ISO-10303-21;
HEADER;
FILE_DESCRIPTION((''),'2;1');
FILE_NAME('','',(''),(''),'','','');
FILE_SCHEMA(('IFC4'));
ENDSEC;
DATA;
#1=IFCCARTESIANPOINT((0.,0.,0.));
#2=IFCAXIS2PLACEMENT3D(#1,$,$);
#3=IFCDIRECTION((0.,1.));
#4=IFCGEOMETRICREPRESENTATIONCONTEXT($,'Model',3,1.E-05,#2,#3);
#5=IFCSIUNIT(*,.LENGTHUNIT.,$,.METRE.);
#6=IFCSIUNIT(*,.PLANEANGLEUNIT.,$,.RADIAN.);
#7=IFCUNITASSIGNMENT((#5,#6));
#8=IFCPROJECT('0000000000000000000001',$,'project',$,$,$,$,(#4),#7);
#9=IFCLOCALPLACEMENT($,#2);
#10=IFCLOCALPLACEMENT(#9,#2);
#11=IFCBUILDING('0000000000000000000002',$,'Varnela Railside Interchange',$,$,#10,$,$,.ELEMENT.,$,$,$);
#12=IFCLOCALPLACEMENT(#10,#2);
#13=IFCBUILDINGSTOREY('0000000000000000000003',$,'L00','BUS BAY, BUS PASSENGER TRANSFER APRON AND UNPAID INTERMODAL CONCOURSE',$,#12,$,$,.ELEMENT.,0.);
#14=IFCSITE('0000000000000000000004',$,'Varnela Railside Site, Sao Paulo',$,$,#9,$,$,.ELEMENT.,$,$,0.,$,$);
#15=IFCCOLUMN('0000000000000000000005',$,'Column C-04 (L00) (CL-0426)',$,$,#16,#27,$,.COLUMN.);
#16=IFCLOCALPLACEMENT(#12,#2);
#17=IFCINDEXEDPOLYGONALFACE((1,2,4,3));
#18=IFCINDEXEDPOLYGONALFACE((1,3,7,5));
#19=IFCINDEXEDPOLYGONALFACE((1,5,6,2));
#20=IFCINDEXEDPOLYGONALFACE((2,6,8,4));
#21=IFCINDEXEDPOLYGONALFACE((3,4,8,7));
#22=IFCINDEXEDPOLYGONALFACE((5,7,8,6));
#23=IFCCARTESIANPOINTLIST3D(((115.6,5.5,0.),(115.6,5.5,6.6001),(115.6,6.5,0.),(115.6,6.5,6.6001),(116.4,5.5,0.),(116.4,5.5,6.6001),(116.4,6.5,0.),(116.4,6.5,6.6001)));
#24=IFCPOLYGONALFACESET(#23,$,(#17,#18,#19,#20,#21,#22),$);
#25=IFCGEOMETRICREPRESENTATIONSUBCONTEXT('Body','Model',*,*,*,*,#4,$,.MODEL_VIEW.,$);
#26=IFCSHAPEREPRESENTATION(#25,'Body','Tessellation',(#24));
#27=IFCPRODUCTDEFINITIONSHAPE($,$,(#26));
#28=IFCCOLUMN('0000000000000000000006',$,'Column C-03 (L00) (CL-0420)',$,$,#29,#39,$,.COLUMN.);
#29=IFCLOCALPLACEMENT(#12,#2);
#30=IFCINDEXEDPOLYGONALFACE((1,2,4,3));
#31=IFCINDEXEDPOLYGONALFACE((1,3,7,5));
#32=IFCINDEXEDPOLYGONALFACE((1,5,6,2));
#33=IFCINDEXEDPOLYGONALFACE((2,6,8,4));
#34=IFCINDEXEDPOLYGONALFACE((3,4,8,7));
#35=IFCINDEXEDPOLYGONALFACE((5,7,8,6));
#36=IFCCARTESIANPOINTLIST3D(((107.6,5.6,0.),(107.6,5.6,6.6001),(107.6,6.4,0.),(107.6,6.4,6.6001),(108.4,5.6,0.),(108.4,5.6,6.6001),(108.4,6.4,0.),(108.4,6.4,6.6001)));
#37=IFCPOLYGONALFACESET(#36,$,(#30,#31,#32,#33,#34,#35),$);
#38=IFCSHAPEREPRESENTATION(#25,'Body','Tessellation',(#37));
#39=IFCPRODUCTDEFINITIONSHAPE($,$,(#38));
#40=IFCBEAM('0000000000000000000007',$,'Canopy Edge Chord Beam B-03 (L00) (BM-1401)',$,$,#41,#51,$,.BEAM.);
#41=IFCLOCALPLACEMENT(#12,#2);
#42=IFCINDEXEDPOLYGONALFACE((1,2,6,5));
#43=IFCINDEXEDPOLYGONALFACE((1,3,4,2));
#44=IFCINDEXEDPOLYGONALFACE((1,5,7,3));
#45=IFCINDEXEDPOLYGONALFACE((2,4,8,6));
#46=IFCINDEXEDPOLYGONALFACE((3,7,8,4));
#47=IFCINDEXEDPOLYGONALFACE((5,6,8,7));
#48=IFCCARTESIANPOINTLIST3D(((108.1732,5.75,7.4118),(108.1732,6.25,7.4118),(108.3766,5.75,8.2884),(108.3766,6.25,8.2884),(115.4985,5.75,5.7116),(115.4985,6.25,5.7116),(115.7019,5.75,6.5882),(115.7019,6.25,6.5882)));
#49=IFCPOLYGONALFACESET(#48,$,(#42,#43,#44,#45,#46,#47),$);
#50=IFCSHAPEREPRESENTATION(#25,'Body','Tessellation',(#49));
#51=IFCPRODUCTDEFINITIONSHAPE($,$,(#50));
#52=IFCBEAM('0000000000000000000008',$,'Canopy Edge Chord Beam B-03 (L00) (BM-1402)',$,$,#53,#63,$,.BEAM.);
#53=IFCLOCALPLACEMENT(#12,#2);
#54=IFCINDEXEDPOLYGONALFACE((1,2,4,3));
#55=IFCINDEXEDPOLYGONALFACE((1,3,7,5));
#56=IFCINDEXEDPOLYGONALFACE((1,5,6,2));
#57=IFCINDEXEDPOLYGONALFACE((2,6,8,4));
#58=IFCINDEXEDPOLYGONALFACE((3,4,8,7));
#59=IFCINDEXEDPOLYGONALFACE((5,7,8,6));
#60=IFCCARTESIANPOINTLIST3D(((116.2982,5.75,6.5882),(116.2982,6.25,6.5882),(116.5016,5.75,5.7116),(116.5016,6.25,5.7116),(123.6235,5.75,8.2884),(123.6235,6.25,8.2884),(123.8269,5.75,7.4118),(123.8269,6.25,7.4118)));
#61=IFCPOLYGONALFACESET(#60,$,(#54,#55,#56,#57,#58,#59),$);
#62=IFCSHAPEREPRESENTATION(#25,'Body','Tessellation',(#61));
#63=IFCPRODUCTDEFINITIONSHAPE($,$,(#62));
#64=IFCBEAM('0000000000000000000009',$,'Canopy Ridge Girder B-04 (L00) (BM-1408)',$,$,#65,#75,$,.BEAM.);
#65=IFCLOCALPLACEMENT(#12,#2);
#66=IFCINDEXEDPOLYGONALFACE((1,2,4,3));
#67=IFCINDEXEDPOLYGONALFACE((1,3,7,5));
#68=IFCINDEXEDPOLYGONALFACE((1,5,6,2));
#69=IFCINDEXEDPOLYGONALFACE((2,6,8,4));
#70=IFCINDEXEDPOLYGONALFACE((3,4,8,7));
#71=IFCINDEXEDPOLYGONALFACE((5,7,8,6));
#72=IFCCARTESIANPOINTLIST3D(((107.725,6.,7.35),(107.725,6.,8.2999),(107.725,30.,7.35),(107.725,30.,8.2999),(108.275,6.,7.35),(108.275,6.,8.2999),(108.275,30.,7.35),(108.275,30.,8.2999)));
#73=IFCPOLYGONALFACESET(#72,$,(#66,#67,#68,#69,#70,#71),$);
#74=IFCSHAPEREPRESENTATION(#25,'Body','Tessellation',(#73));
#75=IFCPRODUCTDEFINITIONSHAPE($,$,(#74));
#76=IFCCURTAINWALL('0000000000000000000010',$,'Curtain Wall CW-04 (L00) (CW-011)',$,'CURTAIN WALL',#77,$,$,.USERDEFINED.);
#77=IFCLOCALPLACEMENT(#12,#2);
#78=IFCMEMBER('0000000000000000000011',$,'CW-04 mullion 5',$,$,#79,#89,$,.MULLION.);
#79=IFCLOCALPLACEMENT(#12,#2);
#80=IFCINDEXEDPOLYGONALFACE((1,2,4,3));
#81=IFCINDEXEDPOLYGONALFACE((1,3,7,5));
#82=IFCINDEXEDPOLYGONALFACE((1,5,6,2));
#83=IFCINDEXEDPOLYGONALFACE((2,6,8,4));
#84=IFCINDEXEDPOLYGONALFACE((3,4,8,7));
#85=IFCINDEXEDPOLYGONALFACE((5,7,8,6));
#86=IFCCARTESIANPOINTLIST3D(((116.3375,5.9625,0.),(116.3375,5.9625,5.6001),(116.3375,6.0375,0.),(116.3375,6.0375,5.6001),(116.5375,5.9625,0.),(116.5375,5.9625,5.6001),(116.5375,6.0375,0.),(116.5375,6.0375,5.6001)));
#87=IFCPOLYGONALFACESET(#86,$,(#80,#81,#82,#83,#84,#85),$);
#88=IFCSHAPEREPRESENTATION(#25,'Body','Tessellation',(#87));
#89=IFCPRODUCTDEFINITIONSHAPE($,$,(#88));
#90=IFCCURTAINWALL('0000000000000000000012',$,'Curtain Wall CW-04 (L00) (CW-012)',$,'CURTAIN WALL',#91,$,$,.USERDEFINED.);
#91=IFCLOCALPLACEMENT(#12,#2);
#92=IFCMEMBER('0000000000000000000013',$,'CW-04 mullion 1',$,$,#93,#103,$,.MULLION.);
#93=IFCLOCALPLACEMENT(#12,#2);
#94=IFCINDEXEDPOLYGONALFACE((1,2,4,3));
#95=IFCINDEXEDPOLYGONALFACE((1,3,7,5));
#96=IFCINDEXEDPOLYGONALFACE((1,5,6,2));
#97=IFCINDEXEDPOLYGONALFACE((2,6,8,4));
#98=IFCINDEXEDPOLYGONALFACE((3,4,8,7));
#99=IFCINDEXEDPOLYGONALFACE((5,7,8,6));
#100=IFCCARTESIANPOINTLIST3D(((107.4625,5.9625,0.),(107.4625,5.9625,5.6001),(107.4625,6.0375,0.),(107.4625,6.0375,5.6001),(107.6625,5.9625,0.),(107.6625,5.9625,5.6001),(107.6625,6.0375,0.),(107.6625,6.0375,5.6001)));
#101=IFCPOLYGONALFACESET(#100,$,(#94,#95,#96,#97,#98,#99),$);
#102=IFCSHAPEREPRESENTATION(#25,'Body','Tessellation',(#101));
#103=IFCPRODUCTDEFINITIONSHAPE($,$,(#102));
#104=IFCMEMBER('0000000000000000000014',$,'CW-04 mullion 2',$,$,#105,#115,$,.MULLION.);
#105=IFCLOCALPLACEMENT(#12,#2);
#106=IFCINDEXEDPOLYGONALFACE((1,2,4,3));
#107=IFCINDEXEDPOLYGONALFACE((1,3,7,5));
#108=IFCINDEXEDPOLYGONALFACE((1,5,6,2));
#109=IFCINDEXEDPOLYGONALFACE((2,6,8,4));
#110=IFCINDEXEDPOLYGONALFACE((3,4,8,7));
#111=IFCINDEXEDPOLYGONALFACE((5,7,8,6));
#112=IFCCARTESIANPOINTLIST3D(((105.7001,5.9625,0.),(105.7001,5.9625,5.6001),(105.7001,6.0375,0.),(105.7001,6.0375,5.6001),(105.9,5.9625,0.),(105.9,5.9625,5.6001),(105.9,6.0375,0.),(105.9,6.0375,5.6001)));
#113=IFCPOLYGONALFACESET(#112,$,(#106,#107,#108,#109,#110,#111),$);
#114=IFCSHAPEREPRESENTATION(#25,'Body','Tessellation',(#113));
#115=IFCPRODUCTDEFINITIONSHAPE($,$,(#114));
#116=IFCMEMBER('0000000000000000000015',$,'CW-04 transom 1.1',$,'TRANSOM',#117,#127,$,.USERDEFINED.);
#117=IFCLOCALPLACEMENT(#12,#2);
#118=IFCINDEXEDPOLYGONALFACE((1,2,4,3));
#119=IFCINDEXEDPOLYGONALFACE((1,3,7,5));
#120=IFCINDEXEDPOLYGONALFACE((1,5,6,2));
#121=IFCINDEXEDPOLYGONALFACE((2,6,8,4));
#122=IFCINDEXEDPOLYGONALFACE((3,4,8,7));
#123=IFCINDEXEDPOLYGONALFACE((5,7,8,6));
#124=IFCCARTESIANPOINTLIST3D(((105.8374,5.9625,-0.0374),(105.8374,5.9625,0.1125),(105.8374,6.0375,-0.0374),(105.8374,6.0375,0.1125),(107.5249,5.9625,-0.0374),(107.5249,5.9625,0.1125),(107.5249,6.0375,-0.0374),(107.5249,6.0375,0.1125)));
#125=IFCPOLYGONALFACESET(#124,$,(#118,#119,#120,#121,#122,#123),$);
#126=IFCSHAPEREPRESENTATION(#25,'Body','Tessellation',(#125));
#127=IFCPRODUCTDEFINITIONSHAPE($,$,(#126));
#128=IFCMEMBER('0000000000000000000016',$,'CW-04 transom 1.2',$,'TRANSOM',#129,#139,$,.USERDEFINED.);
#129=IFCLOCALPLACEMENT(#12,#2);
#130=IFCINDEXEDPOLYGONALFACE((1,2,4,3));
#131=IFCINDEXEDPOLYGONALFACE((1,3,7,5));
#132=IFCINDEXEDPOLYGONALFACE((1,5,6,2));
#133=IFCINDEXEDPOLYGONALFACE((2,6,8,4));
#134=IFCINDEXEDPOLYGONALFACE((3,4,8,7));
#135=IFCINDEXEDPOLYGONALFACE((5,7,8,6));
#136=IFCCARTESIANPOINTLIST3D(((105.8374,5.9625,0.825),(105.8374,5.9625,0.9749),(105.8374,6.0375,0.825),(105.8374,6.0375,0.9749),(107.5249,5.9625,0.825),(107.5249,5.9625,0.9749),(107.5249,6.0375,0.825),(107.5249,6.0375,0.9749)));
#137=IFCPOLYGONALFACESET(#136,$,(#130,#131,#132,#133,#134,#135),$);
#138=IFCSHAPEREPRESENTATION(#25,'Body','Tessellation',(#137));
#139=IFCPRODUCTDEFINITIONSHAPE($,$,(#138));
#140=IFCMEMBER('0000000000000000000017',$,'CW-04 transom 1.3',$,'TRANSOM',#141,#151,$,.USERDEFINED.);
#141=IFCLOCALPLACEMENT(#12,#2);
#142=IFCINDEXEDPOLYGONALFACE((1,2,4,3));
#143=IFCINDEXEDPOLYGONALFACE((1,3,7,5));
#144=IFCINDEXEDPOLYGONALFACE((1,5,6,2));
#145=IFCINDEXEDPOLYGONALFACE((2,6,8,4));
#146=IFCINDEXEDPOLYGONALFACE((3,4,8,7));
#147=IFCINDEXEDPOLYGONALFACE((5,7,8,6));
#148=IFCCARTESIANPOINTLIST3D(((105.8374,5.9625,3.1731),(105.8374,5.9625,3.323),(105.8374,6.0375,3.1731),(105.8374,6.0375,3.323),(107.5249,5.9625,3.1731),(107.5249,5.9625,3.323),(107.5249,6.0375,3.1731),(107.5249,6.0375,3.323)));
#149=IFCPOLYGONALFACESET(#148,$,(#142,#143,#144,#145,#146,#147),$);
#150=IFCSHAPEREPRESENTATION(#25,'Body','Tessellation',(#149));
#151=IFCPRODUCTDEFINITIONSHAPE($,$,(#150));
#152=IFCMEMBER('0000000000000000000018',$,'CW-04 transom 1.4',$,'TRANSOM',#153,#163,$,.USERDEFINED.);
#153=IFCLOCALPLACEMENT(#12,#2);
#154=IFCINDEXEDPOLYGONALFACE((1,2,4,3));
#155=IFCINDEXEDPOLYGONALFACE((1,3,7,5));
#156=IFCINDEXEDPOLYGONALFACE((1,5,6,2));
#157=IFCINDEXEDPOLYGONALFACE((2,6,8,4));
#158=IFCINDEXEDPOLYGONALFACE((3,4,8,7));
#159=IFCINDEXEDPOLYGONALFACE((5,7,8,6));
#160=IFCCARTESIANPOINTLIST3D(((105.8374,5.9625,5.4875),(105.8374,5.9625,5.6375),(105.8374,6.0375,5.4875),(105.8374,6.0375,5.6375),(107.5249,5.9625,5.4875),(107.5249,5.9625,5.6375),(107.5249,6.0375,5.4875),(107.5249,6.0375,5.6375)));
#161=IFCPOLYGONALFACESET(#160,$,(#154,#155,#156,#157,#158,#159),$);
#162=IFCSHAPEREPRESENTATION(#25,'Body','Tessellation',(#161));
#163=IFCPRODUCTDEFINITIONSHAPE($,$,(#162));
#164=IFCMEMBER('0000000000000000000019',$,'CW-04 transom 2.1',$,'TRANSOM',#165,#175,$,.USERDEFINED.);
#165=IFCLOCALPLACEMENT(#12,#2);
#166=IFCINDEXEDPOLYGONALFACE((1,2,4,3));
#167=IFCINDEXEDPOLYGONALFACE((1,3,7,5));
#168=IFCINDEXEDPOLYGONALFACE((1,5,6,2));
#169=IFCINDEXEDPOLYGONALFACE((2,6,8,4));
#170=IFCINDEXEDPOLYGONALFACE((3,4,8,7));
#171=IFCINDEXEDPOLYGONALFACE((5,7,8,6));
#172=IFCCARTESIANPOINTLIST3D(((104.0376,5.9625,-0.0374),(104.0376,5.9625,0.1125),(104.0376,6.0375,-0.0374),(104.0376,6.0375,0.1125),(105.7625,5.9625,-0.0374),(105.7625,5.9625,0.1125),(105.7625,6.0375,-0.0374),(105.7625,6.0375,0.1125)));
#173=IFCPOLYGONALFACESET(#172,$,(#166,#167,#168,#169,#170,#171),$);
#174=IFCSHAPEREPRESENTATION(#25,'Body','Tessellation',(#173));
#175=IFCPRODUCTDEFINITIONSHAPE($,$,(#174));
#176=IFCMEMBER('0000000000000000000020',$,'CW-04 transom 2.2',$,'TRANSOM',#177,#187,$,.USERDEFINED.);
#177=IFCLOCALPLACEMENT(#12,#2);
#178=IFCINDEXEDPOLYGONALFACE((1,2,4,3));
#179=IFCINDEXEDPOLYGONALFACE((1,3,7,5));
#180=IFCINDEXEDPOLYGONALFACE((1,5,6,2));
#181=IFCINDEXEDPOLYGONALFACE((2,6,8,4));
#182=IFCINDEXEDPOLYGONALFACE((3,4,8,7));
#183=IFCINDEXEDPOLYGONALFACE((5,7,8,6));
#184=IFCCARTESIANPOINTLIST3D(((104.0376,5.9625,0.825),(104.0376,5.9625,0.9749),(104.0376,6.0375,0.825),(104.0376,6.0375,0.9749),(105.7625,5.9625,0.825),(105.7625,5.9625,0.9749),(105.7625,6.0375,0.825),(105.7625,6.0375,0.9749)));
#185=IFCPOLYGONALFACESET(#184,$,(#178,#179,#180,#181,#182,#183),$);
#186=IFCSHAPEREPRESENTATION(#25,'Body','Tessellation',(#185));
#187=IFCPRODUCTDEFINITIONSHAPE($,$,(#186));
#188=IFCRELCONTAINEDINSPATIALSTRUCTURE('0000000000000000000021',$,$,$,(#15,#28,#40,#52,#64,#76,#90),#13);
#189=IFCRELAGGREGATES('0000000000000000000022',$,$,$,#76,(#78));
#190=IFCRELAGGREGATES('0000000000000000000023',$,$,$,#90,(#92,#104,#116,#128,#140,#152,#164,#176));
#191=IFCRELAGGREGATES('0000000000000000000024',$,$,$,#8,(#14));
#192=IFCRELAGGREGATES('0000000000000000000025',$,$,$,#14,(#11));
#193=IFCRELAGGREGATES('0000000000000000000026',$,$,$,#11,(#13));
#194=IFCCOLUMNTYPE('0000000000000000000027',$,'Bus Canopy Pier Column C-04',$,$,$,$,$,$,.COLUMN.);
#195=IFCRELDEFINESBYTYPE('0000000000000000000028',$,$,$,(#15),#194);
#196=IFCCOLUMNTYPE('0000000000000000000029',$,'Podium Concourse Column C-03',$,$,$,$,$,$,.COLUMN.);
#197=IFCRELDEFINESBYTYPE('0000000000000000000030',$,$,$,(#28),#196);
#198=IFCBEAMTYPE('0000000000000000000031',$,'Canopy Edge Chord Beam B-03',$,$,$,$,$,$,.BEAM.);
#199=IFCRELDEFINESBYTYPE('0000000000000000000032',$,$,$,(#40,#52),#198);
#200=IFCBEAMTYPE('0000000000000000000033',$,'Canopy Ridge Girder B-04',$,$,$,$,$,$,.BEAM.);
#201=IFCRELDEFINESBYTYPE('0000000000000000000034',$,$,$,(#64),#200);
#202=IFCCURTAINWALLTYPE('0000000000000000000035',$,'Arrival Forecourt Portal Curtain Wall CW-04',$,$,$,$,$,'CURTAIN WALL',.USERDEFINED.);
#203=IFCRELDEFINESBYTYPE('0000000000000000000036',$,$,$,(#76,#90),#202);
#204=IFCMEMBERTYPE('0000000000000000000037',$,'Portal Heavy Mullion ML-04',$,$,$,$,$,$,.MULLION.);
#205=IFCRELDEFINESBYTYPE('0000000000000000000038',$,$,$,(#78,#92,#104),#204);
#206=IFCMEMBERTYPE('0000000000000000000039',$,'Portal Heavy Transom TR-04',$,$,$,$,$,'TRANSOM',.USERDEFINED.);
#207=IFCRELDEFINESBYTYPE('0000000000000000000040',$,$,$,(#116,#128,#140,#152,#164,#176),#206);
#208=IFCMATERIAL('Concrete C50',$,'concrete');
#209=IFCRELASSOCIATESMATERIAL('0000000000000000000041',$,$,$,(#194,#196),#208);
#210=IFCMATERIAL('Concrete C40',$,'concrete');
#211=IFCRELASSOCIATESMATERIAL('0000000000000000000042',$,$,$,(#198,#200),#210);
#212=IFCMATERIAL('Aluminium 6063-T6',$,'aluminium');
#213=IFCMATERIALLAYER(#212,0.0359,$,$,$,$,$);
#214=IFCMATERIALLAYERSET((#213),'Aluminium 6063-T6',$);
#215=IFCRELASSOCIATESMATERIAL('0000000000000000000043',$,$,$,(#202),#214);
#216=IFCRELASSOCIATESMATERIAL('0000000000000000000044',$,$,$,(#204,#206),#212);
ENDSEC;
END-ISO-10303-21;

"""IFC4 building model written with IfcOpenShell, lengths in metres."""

from ifc_helpers import new_model, si_unit, direction, frame, origin, origin_2d, place, context, subcontext, project, spatial, rectangle, extrude, material, layer, layer_set, material_profile, profile_set, type_object, element, aggregate, save


model = new_model("IFC4")

# Units and contexts
model_context = context("Model", 3, precision=1e-05, world=origin(), true_north=direction((0.0, 1.0)))
body_context = subcontext(model_context, "Body", "Model", "MODEL_VIEW")
ifc_project = project(units=[si_unit("LENGTHUNIT", "METRE"), si_unit("PLANEANGLEUNIT", "RADIAN")], contexts=[model_context])

# Site, building, storey
site_placement = place(None, origin())
site = spatial("IfcSite", under=ifc_project, at=site_placement, Name="Varnela Railside Site, Sao Paulo", CompositionType="ELEMENT", RefElevation=0.0)
building_placement = place(site_placement, origin())
building = spatial("IfcBuilding", under=site, at=building_placement, Name="Varnela Railside Interchange", CompositionType="ELEMENT")
storey_placement = place(building_placement, origin())
storey = spatial("IfcBuildingStorey", under=building, at=storey_placement, Name="L00", Description="BUS BAY, BUS PASSENGER TRANSFER APRON AND UNPAID INTERMODAL CONCOURSE", CompositionType="ELEMENT", Elevation=0.0)

# Columns
ifc_material_1 = material(Name="Concrete C50", Category="concrete")
ifc_material_profile_1 = material_profile(ifc_material_1, rectangle(XDim=0.8, YDim=1.0, at=origin_2d()), Name="RC 800x1000")
ifc_profile_set_1 = profile_set([ifc_material_profile_1], Name="Concrete C50")
column_type_1 = type_object("IfcColumnType", Name="Bus Canopy Pier Column C-04", PredefinedType="COLUMN", material=ifc_profile_set_1)
column_1_placement = place(storey_placement, frame((116.0, 6.0, 0.0), z_axis=(0.0, 0.0, 1.0), x_axis=(1.0, 0.0, 0.0)))
element("IfcColumn", 1, at=column_1_placement, inside=storey, type_object=column_type_1, Name="Column C-04 (L00) (CL-0426)", PredefinedType="COLUMN", context=body_context, shape_type="SweptSolid", body=[
    extrude(rectangle(XDim=0.8, YDim=1.0, at=origin_2d()), origin(), (0.0, 0.0, 1.0), 6.6001),
])
ifc_material_profile_2 = material_profile(ifc_material_1, rectangle(XDim=0.8, YDim=0.8, at=origin_2d()), Name="RC 800x800")
ifc_profile_set_2 = profile_set([ifc_material_profile_2], Name="Concrete C50")
column_type_2 = type_object("IfcColumnType", Name="Podium Concourse Column C-03", PredefinedType="COLUMN", material=ifc_profile_set_2)
column_2_placement = place(storey_placement, frame((108.0, 6.0, 0.0), z_axis=(0.0, 0.0, 1.0), x_axis=(1.0, 0.0, 0.0)))
element("IfcColumn", 2, at=column_2_placement, inside=storey, type_object=column_type_2, Name="Column C-03 (L00) (CL-0420)", PredefinedType="COLUMN", context=body_context, shape_type="SweptSolid", body=[
    extrude(rectangle(XDim=0.8, YDim=0.8, at=origin_2d()), origin(), (0.0, 0.0, 1.0), 6.6001),
])

# Beams
ifc_material_2 = material(Name="Concrete C40", Category="concrete")
ifc_material_profile_3 = material_profile(ifc_material_2, rectangle(XDim=0.5, YDim=0.8999, at=origin_2d()), Name="RC 500x900")
ifc_profile_set_3 = profile_set([ifc_material_profile_3], Name="Concrete C40")
beam_type_1 = type_object("IfcBeamType", Name="Canopy Edge Chord Beam B-03", PredefinedType="BEAM", material=ifc_profile_set_3)
for number, where, z_axis, x_axis, name in (
    (3, (108.2749, 6.0, 7.8501), (0.974106, 0.0, -0.226092), (0.0, 1.0, 0.0), "Canopy Edge Chord Beam B-03 (L00) (BM-1401)"),
    (4, (116.3999, 6.0, 6.1499), (0.974106, 0.0, 0.226092), (0.0, 1.0, 0.0), "Canopy Edge Chord Beam B-03 (L00) (BM-1402)"),
):
    element("IfcBeam", number, at=place(storey_placement, frame(where, z_axis=z_axis, x_axis=x_axis)), inside=storey, type_object=beam_type_1, Name=name, PredefinedType="BEAM", context=body_context, shape_type="SweptSolid", body=[
        extrude(rectangle(XDim=0.5, YDim=0.8999, at=origin_2d()), origin(), (0.0, 0.0, 1.0), 7.52),
    ])
ifc_material_profile_4 = material_profile(ifc_material_2, rectangle(XDim=0.55, YDim=0.95, at=origin_2d()), Name="RC 550x950")
ifc_profile_set_4 = profile_set([ifc_material_profile_4], Name="Concrete C40")
beam_type_2 = type_object("IfcBeamType", Name="Canopy Ridge Girder B-04", PredefinedType="BEAM", material=ifc_profile_set_4)
beam_placement = place(storey_placement, frame((108.0, 6.0, 7.825), z_axis=(0.0, 1.0, 0.0), x_axis=(-1.0, 0.0, 0.0)))
element("IfcBeam", 5, at=beam_placement, inside=storey, type_object=beam_type_2, Name="Canopy Ridge Girder B-04 (L00) (BM-1408)", PredefinedType="BEAM", context=body_context, shape_type="SweptSolid", body=[
    extrude(rectangle(XDim=0.55, YDim=0.95, at=origin_2d()), origin(), (0.0, 0.0, 1.0), 24.0),
])

# Curtain wall, member
ifc_material_3 = material(Name="Aluminium 6063-T6", Category="aluminium")
ifc_layer_1 = layer(ifc_material_3, 0.0359)
ifc_layer_set_1 = layer_set([ifc_layer_1], Name="Aluminium 6063-T6")
curtain_wall_type = type_object("IfcCurtainWallType", Name="Arrival Forecourt Portal Curtain Wall CW-04", ElementType="CURTAIN WALL", PredefinedType="USERDEFINED", material=ifc_layer_set_1)
curtain_wall_1_placement = place(storey_placement, origin())
curtain_wall_1 = element("IfcCurtainWall", 6, at=curtain_wall_1_placement, inside=storey, type_object=curtain_wall_type, Name="Curtain Wall CW-04 (L00) (CW-011)", ObjectType="CURTAIN WALL", PredefinedType="USERDEFINED")
ifc_material_profile_5 = material_profile(ifc_material_3, rectangle(XDim=0.075, YDim=0.2, at=origin_2d()), Name="ALU 75x200")
ifc_profile_set_5 = profile_set([ifc_material_profile_5], Name="Aluminium 6063-T6")
member_type_1 = type_object("IfcMemberType", Name="Portal Heavy Mullion ML-04", PredefinedType="MULLION", material=ifc_profile_set_5)
member_1_placement = place(storey_placement, frame((116.4375, 6.0, 0.0), z_axis=(0.0, 0.0, 1.0), x_axis=(0.0, -1.0, 0.0)))
member_1 = element("IfcMember", 7, at=member_1_placement, type_object=member_type_1, Name="CW-04 mullion 5", PredefinedType="MULLION", context=body_context, shape_type="SweptSolid", body=[
    extrude(rectangle(XDim=0.075, YDim=0.2, at=origin_2d()), origin(), (0.0, 0.0, 1.0), 5.6001),
])
aggregate(curtain_wall_1, [member_1])

# Curtain wall, members
curtain_wall_2_placement = place(storey_placement, origin())
curtain_wall_2 = element("IfcCurtainWall", 8, at=curtain_wall_2_placement, inside=storey, type_object=curtain_wall_type, Name="Curtain Wall CW-04 (L00) (CW-012)", ObjectType="CURTAIN WALL", PredefinedType="USERDEFINED")
member_2_placement = place(storey_placement, frame((107.5625, 6.0, 0.0), z_axis=(0.0, 0.0, 1.0), x_axis=(0.0, -1.0, 0.0)))
member_2 = element("IfcMember", 9, at=member_2_placement, type_object=member_type_1, Name="CW-04 mullion 1", PredefinedType="MULLION", context=body_context, shape_type="SweptSolid", body=[
    extrude(rectangle(XDim=0.075, YDim=0.2, at=origin_2d()), origin(), (0.0, 0.0, 1.0), 5.6001),
])
member_3_placement = place(storey_placement, frame((105.8, 6.0, 0.0), z_axis=(0.0, 0.0, 1.0), x_axis=(0.0, -1.0, 0.0)))
member_3 = element("IfcMember", 10, at=member_3_placement, type_object=member_type_1, Name="CW-04 mullion 2", PredefinedType="MULLION", context=body_context, shape_type="SweptSolid", body=[
    extrude(rectangle(XDim=0.075, YDim=0.2, at=origin_2d()), origin(), (0.0, 0.0, 1.0), 5.6001),
])
ifc_material_profile_6 = material_profile(ifc_material_3, rectangle(XDim=0.075, YDim=0.1499, at=origin_2d()), Name="ALU 75x150")
ifc_profile_set_6 = profile_set([ifc_material_profile_6], Name="Aluminium 6063-T6")
member_type_2 = type_object("IfcMemberType", Name="Portal Heavy Transom TR-04", ElementType="TRANSOM", PredefinedType="USERDEFINED", material=ifc_profile_set_6)
member_4_placement = place(storey_placement, frame((107.5249, 6.0, 0.0376), z_axis=(-1.0, 0.0, 0.0), x_axis=(0.0, -1.0, 0.0)))
member_4 = element("IfcMember", 11, at=member_4_placement, type_object=member_type_2, Name="CW-04 transom 1.1", ObjectType="TRANSOM", PredefinedType="USERDEFINED", context=body_context, shape_type="SweptSolid", body=[
    extrude(rectangle(XDim=0.075, YDim=0.1499, at=origin_2d()), origin(), (0.0, 0.0, 1.0), 1.6875),
])
member_5_placement = place(storey_placement, frame((107.5249, 6.0, 0.8999), z_axis=(-1.0, 0.0, 0.0), x_axis=(0.0, -1.0, 0.0)))
member_5 = element("IfcMember", 12, at=member_5_placement, type_object=member_type_2, Name="CW-04 transom 1.2", ObjectType="TRANSOM", PredefinedType="USERDEFINED", context=body_context, shape_type="SweptSolid", body=[
    extrude(rectangle(XDim=0.075, YDim=0.1499, at=origin_2d()), origin(), (0.0, 0.0, 1.0), 1.6875),
])
member_6_placement = place(storey_placement, frame((107.5249, 6.0, 3.248), z_axis=(-1.0, 0.0, 0.0), x_axis=(0.0, -1.0, 0.0)))
member_6 = element("IfcMember", 13, at=member_6_placement, type_object=member_type_2, Name="CW-04 transom 1.3", ObjectType="TRANSOM", PredefinedType="USERDEFINED", context=body_context, shape_type="SweptSolid", body=[
    extrude(rectangle(XDim=0.075, YDim=0.1499, at=origin_2d()), origin(), (0.0, 0.0, 1.0), 1.6875),
])
member_7_placement = place(storey_placement, frame((107.5249, 6.0, 5.5625), z_axis=(-1.0, 0.0, 0.0), x_axis=(0.0, -1.0, 0.0)))
member_7 = element("IfcMember", 14, at=member_7_placement, type_object=member_type_2, Name="CW-04 transom 1.4", ObjectType="TRANSOM", PredefinedType="USERDEFINED", context=body_context, shape_type="SweptSolid", body=[
    extrude(rectangle(XDim=0.075, YDim=0.1499, at=origin_2d()), origin(), (0.0, 0.0, 1.0), 1.6875),
])
member_8_placement = place(storey_placement, frame((105.7625, 6.0, 0.0376), z_axis=(-1.0, 0.0, 0.0), x_axis=(0.0, -1.0, 0.0)))
member_8 = element("IfcMember", 15, at=member_8_placement, type_object=member_type_2, Name="CW-04 transom 2.1", ObjectType="TRANSOM", PredefinedType="USERDEFINED", context=body_context, shape_type="SweptSolid", body=[
    extrude(rectangle(XDim=0.075, YDim=0.1499, at=origin_2d()), origin(), (0.0, 0.0, 1.0), 1.7249),
])
member_9_placement = place(storey_placement, frame((105.7625, 6.0, 0.8999), z_axis=(-1.0, 0.0, 0.0), x_axis=(0.0, -1.0, 0.0)))
member_9 = element("IfcMember", 16, at=member_9_placement, type_object=member_type_2, Name="CW-04 transom 2.2", ObjectType="TRANSOM", PredefinedType="USERDEFINED", context=body_context, shape_type="SweptSolid", body=[
    extrude(rectangle(XDim=0.075, YDim=0.1499, at=origin_2d()), origin(), (0.0, 0.0, 1.0), 1.7249),
])

aggregate(curtain_wall_2, [member_2, member_3, member_4, member_5, member_6, member_7, member_8, member_9])

save(model, "model.ifc")
